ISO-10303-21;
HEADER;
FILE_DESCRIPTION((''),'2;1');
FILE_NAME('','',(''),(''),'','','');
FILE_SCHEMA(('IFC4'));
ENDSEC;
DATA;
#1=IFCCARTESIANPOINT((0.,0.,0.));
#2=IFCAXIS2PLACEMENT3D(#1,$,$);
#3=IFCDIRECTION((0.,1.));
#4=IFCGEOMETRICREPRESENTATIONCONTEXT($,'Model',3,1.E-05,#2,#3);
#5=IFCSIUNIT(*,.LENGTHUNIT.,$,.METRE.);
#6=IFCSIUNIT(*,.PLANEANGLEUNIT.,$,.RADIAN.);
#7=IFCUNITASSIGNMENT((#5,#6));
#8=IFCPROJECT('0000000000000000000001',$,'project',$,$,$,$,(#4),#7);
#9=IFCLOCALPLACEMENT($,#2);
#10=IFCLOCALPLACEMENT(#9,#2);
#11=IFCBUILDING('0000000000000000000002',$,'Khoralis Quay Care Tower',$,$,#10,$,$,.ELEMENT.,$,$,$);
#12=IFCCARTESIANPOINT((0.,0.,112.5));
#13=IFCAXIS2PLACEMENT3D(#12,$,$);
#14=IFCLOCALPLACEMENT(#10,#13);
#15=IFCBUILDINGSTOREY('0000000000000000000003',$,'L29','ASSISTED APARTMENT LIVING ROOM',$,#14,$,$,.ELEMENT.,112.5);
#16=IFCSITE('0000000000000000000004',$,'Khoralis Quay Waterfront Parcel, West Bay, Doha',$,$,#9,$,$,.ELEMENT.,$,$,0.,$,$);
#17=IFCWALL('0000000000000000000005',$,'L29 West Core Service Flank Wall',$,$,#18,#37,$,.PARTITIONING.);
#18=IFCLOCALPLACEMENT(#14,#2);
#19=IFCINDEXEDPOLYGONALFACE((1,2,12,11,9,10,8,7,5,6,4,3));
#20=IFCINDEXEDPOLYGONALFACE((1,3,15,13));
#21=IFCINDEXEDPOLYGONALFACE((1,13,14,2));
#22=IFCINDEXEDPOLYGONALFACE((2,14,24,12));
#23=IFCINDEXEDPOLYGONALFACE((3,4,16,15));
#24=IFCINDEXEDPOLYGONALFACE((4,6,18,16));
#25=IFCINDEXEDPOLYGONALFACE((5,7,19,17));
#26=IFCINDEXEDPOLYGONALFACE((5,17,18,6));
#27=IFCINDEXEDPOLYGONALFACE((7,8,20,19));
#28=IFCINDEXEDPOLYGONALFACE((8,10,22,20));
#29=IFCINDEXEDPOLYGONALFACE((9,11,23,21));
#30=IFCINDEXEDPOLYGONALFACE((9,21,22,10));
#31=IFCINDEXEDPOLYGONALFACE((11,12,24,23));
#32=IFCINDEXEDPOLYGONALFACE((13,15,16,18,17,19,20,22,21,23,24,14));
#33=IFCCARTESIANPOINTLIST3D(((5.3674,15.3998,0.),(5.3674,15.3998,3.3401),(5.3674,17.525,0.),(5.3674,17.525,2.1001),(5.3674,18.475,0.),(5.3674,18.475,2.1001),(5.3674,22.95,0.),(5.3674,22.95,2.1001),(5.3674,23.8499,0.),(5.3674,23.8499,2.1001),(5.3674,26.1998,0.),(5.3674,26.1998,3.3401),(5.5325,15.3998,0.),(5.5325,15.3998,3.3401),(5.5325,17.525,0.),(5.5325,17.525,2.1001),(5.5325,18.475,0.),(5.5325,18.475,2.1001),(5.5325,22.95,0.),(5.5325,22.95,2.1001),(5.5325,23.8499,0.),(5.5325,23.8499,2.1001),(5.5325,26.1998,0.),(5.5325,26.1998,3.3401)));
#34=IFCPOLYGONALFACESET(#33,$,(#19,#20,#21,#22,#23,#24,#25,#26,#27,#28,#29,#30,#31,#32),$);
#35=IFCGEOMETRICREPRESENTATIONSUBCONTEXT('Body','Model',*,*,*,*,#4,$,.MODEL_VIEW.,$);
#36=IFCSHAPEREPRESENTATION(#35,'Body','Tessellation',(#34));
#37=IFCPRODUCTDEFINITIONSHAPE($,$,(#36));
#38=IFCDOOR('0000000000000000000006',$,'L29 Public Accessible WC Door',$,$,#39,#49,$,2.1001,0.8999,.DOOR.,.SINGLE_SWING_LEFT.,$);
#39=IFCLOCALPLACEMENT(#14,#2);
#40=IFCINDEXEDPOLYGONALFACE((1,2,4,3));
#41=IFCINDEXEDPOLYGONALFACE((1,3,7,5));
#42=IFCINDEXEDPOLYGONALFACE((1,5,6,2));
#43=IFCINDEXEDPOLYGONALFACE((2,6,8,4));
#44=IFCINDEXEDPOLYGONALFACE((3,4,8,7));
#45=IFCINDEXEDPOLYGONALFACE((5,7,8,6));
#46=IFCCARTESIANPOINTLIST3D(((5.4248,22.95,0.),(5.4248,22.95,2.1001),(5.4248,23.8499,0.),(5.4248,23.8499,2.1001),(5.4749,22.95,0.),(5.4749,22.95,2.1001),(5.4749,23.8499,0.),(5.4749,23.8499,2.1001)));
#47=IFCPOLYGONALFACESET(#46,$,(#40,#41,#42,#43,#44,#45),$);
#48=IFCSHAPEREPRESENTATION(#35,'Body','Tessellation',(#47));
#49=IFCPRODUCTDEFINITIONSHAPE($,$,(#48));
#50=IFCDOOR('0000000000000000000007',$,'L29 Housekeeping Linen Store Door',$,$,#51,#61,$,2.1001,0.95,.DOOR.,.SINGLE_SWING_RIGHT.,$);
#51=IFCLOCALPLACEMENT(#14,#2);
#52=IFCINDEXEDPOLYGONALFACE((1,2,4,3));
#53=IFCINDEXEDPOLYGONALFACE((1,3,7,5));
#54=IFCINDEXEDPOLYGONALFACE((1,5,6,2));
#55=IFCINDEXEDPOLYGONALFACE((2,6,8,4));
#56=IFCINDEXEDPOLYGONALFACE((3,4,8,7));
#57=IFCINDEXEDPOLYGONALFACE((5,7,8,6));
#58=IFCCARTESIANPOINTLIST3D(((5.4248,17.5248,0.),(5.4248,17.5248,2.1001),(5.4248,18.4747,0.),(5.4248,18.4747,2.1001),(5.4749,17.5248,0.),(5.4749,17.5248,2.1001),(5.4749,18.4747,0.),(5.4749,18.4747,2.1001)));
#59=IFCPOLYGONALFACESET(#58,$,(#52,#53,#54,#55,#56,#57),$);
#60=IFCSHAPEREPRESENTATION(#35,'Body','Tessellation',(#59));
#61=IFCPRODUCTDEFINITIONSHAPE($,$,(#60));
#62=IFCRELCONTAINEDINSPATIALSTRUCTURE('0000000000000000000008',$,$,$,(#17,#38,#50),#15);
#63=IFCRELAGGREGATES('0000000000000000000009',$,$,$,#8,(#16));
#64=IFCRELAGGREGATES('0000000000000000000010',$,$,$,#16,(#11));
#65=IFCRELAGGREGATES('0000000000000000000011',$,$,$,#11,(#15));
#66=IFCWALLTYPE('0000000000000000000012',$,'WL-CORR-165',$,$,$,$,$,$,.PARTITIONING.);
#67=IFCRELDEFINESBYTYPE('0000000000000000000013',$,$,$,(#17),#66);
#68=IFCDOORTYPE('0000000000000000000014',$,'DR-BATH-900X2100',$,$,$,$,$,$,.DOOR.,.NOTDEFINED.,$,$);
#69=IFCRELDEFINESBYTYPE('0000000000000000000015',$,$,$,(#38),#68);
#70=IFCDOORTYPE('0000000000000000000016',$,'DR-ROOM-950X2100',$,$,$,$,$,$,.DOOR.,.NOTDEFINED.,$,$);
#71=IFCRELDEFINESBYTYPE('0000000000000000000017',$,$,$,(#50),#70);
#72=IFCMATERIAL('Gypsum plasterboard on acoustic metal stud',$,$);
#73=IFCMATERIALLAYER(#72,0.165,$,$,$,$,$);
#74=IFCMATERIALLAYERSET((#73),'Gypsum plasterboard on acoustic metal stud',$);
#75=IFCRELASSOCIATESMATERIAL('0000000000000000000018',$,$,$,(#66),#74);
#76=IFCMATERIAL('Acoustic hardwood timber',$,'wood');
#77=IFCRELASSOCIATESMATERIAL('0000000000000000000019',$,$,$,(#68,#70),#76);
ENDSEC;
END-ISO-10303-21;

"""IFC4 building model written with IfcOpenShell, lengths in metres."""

from ifc_helpers import new_model, si_unit, direction, frame, frame_2d, origin, place, context, subcontext, project, spatial, rectangle, extrude, source, transform, mapped, material, layer, layer_set, type_object, element, fill, save


model = new_model("IFC4")

# Units and contexts
model_context = context("Model", 3, precision=1e-05, world=origin(), true_north=direction((0.0, 1.0)))
body_context = subcontext(model_context, "Body", "Model", "MODEL_VIEW")
ifc_project = project(units=[si_unit("LENGTHUNIT", "METRE"), si_unit("PLANEANGLEUNIT", "RADIAN")], contexts=[model_context])

# Site, building, storey
site_placement = place(None, origin())
site = spatial("IfcSite", under=ifc_project, at=site_placement, Name="Khoralis Quay Waterfront Parcel, West Bay, Doha", CompositionType="ELEMENT", RefElevation=0.0)
building_placement = place(site_placement, origin())
building = spatial("IfcBuilding", under=site, at=building_placement, Name="Khoralis Quay Care Tower", CompositionType="ELEMENT")
storey_placement = place(building_placement, frame((0.0, 0.0, 112.5)))
storey = spatial("IfcBuildingStorey", under=building, at=storey_placement, Name="L29", Description="ASSISTED APARTMENT LIVING ROOM", CompositionType="ELEMENT", Elevation=112.5)

# Wall, openings, doors
ifc_material_1 = material(Name="Gypsum plasterboard on acoustic metal stud")
ifc_layer_1 = layer(ifc_material_1, 0.165)
ifc_layer_set_1 = layer_set([ifc_layer_1], Name="Gypsum plasterboard on acoustic metal stud")
wall_type_1 = type_object("IfcWallType", Name="WL-CORR-165", PredefinedType="PARTITIONING", material=ifc_layer_set_1)
wall_1_placement = place(storey_placement, frame((5.45, 15.3999, 0.0), z_axis=(0.0, 0.0, 1.0), x_axis=(0.0, 1.0, 0.0)))
wall_1 = element("IfcWall", 1, at=wall_1_placement, inside=storey, type_object=wall_type_1, Name="L29 West Core Service Flank Wall", PredefinedType="PARTITIONING", context=body_context, shape_type="SweptSolid", body=[
    extrude(rectangle(XDim=10.8, YDim=0.165, at=frame_2d((5.3999, 0.0))), origin(), (0.0, 0.0, 1.0), 3.3401),
])
opening_1_placement = place(wall_1_placement, frame((2.125, 0.0, 0.0)))
opening_1 = element("IfcOpeningElement", 2, at=opening_1_placement, cuts=wall_1, PredefinedType="OPENING", context=body_context, shape_type="SweptSolid", body=[
    extrude(rectangle(XDim=0.95, YDim=2.1001, at=frame_2d((0.4751, 1.05))), frame((0.0, 0.0925, 0.0), z_axis=(0.0, -1.0, 0.0), x_axis=(1.0, 0.0, 0.0)), (0.0, 0.0, 1.0), 0.1851),
])
opening_2_placement = place(wall_1_placement, frame((7.55, 0.0, 0.0)))
opening_2 = element("IfcOpeningElement", 3, at=opening_2_placement, cuts=wall_1, PredefinedType="OPENING", context=body_context, shape_type="SweptSolid", body=[
    extrude(rectangle(XDim=0.8999, YDim=2.1001, at=frame_2d((0.45, 1.05))), frame((0.0, 0.0925, 0.0), z_axis=(0.0, -1.0, 0.0), x_axis=(1.0, 0.0, 0.0)), (0.0, 0.0, 1.0), 0.1851),
])
ifc_material_2 = material(Name="Acoustic hardwood timber", Category="wood")
door_type_1 = type_object("IfcDoorType", Name="DR-BATH-900X2100", OperationType="NOTDEFINED", PredefinedType="DOOR", material=ifc_material_2)
shared_shape_1 = source(origin(), body_context, "Body", "SweptSolid", [
    extrude(rectangle(XDim=0.8999, YDim=2.1001, at=frame_2d((0.45, 1.05))), frame((0.0, 0.0249, 0.0), z_axis=(0.0, -1.0, 0.0), x_axis=(1.0, 0.0, 0.0)), (0.0, 0.0, 1.0), 0.05),
])
door_1_placement = place(opening_2_placement, frame((0.8999, 0.0, 0.0), z_axis=(0.0, 0.0, 1.0), x_axis=(-1.0, 0.0, 0.0)))
door_1 = element("IfcDoor", 4, at=door_1_placement, inside=storey, type_object=door_type_1, Name="L29 Public Accessible WC Door", OperationType="SINGLE_SWING_LEFT", OverallHeight=2.1001, OverallWidth=0.8999, PredefinedType="DOOR", context=body_context, shape_type="MappedRepresentation", body=[
    mapped(shared_shape_1, transform((0.0, 0.0, 0.0), scale=1.0)),
])
fill(opening_2, door_1)
door_type_2 = type_object("IfcDoorType", Name="DR-ROOM-950X2100", OperationType="NOTDEFINED", PredefinedType="DOOR", material=ifc_material_2)
shared_shape_2 = source(origin(), body_context, "Body", "SweptSolid", [
    extrude(rectangle(XDim=0.95, YDim=2.1001, at=frame_2d((0.4751, 1.05))), frame((0.0, 0.0249, 0.0), z_axis=(0.0, -1.0, 0.0), x_axis=(1.0, 0.0, 0.0)), (0.0, 0.0, 1.0), 0.05),
])
door_2_placement = place(opening_1_placement, frame((0.95, 0.0, 0.0), z_axis=(0.0, 0.0, 1.0), x_axis=(-1.0, 0.0, 0.0)))
door_2 = element("IfcDoor", 5, at=door_2_placement, inside=storey, type_object=door_type_2, Name="L29 Housekeeping Linen Store Door", OperationType="SINGLE_SWING_RIGHT", OverallHeight=2.1001, OverallWidth=0.95, PredefinedType="DOOR", context=body_context, shape_type="MappedRepresentation", body=[
    mapped(shared_shape_2, transform((0.0, 0.0, 0.0), scale=1.0)),
])
fill(opening_1, door_2)

save(model, "model.ifc")
